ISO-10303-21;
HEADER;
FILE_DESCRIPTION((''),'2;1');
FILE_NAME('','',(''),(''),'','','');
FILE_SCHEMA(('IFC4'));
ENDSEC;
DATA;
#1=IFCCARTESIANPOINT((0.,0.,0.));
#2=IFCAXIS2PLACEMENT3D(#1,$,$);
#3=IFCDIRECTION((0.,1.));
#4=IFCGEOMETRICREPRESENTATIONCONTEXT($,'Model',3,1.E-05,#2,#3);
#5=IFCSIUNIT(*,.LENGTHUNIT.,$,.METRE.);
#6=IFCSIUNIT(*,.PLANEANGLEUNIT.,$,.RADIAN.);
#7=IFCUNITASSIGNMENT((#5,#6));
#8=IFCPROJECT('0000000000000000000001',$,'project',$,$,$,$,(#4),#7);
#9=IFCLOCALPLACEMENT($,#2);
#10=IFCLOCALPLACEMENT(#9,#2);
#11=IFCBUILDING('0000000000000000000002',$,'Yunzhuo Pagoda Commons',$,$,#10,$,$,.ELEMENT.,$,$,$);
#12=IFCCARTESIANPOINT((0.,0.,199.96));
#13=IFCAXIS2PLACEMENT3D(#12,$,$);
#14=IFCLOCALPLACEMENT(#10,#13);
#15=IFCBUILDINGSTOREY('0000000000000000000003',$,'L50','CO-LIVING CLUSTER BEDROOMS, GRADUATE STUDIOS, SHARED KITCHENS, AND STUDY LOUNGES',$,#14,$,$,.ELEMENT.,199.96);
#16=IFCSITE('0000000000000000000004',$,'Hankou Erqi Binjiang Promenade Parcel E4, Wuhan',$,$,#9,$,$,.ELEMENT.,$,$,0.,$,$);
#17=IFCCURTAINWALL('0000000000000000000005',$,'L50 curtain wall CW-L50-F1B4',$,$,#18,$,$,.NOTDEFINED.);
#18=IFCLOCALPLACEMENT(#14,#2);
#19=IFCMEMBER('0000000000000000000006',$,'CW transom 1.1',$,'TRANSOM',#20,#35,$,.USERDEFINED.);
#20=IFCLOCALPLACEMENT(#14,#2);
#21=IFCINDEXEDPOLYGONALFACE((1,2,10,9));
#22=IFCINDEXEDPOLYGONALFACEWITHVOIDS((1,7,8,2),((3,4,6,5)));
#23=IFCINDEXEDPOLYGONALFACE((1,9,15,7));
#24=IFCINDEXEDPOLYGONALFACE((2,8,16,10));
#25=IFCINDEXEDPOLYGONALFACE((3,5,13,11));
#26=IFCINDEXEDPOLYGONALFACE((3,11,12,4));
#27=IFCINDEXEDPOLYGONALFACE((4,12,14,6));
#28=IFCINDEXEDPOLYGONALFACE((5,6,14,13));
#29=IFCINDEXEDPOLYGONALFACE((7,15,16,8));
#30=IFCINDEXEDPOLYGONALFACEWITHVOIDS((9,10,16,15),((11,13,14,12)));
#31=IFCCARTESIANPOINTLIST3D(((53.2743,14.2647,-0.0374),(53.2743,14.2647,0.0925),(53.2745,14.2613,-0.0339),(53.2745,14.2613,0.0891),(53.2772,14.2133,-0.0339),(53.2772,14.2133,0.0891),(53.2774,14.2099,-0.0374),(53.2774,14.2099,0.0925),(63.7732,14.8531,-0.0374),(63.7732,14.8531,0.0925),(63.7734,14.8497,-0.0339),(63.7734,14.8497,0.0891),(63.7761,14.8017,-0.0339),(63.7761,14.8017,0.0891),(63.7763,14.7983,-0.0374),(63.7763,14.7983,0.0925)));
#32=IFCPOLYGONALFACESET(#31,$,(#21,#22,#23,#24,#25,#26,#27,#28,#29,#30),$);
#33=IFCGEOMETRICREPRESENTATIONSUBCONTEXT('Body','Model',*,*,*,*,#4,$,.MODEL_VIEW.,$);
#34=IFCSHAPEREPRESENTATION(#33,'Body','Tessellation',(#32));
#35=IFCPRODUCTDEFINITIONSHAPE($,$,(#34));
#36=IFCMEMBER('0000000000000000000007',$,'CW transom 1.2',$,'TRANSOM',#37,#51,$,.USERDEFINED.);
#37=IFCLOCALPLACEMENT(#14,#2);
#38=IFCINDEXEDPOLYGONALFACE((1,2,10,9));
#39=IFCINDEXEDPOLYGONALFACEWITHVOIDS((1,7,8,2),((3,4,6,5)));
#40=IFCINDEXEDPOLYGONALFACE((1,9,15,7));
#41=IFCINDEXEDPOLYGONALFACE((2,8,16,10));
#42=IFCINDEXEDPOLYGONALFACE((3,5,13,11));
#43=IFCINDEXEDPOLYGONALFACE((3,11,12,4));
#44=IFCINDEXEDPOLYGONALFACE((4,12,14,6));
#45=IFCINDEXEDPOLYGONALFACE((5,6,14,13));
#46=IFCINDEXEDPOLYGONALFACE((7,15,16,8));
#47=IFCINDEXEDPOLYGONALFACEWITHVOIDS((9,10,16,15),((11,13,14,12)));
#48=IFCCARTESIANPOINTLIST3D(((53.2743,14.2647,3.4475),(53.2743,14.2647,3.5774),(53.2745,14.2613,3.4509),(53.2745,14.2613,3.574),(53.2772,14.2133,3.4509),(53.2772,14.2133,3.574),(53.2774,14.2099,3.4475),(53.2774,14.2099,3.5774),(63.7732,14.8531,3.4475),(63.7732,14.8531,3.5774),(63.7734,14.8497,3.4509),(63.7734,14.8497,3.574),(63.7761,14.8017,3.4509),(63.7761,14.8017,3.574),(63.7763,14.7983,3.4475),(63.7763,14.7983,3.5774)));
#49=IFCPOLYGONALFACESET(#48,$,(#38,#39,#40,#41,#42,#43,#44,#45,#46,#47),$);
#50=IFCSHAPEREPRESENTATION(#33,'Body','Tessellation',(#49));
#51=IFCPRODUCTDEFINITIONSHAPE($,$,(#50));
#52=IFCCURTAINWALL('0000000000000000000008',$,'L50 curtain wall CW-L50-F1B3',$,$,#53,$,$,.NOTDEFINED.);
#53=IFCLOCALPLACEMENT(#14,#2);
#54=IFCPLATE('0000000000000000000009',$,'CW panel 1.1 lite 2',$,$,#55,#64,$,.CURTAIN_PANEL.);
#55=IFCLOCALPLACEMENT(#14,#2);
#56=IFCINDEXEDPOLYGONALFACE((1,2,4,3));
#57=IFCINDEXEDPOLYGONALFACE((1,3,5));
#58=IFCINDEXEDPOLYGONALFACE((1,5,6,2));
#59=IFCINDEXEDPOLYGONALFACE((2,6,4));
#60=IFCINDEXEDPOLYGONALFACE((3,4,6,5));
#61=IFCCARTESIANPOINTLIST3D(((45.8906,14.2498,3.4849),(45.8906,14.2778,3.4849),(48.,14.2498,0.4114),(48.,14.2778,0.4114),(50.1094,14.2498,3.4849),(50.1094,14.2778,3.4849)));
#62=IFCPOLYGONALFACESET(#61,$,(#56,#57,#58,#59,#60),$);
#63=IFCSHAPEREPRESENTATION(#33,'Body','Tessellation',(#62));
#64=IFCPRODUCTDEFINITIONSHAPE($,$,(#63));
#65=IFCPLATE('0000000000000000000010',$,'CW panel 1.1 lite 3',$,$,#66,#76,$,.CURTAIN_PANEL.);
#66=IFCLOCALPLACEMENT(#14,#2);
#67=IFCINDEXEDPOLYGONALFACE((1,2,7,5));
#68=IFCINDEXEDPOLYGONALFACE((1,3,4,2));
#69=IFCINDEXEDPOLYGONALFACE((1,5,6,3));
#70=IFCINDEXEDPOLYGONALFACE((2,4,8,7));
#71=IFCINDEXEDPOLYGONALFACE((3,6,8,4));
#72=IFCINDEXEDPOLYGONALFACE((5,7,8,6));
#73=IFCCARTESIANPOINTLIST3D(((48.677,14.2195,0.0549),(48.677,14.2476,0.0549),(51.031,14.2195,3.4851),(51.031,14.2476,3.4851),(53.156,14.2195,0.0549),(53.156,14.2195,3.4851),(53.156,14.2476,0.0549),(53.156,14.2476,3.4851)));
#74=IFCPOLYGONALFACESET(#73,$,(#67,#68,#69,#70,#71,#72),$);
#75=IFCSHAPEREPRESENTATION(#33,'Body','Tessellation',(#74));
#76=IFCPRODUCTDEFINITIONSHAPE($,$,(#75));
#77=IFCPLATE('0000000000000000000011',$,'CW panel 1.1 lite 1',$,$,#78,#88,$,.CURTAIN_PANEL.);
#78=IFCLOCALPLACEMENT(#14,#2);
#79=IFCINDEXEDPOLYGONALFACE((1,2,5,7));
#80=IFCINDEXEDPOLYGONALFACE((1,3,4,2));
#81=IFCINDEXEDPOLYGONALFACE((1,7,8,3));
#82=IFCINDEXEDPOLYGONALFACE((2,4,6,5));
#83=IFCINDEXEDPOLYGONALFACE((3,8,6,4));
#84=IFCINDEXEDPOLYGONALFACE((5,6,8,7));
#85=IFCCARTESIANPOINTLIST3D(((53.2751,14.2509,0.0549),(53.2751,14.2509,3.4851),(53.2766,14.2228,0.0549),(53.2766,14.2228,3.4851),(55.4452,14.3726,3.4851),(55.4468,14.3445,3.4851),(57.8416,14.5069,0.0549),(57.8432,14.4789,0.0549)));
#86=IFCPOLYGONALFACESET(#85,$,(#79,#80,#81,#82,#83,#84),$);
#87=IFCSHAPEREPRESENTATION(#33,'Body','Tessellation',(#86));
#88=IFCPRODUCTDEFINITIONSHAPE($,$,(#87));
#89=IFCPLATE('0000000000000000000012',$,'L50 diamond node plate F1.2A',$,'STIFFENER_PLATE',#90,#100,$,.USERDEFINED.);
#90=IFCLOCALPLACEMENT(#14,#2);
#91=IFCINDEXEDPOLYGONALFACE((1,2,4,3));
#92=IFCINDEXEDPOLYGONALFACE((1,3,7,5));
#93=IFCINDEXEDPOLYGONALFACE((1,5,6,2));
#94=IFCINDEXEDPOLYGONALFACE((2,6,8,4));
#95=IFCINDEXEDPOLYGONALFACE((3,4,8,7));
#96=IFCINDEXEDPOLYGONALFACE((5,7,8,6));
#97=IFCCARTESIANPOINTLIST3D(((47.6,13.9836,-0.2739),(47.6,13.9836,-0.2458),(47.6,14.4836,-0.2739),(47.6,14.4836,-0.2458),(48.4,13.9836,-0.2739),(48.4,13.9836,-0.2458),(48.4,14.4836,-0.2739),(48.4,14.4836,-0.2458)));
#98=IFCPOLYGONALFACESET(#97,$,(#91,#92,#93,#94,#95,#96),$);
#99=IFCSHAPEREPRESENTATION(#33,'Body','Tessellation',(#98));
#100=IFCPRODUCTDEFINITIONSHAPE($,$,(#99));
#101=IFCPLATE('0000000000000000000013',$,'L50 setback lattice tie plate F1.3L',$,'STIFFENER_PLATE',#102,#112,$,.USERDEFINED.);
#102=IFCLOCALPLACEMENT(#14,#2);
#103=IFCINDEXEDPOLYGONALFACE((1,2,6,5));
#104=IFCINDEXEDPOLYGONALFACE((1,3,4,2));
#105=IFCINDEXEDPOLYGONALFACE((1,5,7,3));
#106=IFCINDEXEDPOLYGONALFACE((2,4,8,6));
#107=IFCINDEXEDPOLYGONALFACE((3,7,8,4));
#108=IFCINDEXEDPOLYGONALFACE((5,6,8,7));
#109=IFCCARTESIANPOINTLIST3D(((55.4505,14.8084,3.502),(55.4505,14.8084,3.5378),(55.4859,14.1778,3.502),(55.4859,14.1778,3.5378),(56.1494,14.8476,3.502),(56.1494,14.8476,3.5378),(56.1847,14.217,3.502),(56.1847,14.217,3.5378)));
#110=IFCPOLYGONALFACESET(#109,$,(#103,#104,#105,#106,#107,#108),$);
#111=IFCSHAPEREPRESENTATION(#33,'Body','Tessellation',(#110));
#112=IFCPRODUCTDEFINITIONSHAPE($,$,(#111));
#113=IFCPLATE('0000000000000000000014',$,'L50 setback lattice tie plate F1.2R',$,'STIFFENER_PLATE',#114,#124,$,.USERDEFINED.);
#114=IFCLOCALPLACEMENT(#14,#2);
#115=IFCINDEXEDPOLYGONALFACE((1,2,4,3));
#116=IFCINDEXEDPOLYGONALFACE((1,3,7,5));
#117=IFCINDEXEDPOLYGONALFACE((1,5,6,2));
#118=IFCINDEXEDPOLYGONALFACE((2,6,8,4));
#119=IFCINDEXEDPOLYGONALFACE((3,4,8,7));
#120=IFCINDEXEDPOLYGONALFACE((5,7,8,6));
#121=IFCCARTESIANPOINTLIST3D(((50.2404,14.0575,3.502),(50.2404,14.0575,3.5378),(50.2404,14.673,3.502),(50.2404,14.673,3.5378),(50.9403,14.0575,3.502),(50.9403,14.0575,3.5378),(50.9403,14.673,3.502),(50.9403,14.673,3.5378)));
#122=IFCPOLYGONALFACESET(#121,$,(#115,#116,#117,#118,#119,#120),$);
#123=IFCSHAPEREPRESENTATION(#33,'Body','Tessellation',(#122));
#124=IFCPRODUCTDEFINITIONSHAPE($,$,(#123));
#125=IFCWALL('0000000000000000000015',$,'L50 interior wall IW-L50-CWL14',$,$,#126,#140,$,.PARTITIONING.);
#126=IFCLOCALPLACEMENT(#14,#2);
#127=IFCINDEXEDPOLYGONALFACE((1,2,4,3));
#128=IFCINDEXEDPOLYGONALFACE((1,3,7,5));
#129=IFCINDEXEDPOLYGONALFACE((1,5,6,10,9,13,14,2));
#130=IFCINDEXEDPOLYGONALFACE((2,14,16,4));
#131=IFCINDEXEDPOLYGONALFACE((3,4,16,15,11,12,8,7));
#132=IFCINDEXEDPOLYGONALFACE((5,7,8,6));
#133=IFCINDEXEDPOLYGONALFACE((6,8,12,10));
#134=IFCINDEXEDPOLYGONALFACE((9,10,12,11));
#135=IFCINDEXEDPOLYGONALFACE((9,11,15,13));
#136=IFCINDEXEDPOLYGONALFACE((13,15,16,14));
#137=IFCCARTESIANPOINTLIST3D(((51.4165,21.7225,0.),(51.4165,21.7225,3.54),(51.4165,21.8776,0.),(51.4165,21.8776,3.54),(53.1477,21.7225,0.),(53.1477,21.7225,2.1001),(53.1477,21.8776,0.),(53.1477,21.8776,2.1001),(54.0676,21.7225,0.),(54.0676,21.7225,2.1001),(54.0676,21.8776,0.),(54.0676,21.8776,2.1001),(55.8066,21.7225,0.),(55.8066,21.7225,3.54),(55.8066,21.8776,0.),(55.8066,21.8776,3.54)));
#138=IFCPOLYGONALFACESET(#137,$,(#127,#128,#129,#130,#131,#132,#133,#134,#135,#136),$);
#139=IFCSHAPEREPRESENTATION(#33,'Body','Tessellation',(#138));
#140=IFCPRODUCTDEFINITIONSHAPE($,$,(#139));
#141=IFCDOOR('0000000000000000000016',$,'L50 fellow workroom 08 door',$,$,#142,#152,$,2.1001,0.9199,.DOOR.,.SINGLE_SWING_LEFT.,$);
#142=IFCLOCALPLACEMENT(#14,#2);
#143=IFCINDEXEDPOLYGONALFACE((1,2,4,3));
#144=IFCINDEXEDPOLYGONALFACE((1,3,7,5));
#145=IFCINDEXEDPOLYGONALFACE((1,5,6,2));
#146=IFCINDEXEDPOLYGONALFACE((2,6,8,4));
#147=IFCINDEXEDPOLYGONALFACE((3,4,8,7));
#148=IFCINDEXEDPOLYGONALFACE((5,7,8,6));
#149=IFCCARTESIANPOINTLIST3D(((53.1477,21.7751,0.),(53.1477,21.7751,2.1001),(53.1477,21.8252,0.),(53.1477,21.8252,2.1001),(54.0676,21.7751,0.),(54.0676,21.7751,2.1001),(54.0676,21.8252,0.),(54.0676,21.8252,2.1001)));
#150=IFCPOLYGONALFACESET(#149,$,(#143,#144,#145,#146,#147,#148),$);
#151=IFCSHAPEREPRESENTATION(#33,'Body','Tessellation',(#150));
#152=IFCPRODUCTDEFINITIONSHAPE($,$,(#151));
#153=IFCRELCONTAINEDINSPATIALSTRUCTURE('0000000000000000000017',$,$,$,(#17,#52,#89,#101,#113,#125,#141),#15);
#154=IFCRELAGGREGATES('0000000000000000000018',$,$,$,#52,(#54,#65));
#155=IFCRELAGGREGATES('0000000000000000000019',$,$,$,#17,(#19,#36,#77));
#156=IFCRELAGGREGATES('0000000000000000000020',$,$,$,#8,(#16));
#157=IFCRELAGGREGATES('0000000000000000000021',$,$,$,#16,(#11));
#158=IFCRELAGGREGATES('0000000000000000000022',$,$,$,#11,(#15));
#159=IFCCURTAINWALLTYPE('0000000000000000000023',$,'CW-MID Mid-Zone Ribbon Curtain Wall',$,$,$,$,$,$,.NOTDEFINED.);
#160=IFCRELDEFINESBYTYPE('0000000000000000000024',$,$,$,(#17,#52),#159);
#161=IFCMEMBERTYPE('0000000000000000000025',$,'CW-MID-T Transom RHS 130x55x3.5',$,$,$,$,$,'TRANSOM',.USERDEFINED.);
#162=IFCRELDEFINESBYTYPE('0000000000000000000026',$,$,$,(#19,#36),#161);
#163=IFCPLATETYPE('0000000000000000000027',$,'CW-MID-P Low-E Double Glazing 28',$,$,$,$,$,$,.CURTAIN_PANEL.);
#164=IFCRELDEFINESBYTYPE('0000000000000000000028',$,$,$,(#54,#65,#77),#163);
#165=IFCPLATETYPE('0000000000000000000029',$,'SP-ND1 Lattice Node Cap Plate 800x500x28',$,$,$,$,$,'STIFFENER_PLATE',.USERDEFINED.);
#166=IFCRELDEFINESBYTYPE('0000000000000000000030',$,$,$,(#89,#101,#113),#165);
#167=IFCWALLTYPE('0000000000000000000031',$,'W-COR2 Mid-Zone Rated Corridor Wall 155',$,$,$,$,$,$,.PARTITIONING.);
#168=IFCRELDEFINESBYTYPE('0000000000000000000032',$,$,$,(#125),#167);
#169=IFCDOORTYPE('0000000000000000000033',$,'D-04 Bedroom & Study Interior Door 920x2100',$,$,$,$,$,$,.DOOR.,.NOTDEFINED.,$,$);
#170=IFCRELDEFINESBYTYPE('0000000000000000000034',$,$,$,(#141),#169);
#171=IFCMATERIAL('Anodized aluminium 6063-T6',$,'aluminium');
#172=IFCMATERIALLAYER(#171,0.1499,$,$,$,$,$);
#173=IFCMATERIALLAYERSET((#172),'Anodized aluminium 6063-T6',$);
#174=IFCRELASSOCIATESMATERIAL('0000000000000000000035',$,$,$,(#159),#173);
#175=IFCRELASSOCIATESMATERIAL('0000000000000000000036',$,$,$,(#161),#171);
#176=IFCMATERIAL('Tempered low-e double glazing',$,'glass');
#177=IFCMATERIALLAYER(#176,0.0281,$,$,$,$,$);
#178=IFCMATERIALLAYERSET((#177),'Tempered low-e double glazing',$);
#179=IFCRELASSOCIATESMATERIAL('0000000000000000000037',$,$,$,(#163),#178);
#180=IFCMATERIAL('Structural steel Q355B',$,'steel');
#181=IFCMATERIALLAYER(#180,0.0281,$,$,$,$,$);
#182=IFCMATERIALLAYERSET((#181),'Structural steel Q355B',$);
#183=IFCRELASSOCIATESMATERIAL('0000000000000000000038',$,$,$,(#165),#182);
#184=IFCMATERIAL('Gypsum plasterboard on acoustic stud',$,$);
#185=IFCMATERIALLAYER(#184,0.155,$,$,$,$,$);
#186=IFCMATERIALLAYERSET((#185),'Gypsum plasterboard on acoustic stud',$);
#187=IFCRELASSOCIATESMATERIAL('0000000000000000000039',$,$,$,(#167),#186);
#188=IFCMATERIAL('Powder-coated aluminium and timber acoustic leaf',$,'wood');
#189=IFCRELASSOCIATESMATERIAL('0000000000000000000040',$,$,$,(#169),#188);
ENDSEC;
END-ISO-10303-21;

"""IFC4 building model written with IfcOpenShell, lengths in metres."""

from ifc_helpers import new_model, si_unit, direction, frame, frame_2d, origin, origin_with_axes, origin_2d, place, context, subcontext, project, spatial, polyline, rectangle, hollow_rectangle, outline, extrude, source, transform, mapped, material, layer, layer_set, material_profile, profile_set, type_object, element, fill, aggregate, save


model = new_model("IFC4")

# Units and contexts
model_context = context("Model", 3, precision=1e-05, world=origin(), true_north=direction((0.0, 1.0)))
body_context = subcontext(model_context, "Body", "Model", "MODEL_VIEW")
ifc_project = project(units=[si_unit("LENGTHUNIT", "METRE"), si_unit("PLANEANGLEUNIT", "RADIAN")], contexts=[model_context])

# Site, building, storey
site_placement = place(None, origin())
site = spatial("IfcSite", under=ifc_project, at=site_placement, Name="Hankou Erqi Binjiang Promenade Parcel E4, Wuhan", CompositionType="ELEMENT", RefElevation=0.0)
building_placement = place(site_placement, origin())
building = spatial("IfcBuilding", under=site, at=building_placement, Name="Yunzhuo Pagoda Commons", CompositionType="ELEMENT")
storey_placement = place(building_placement, frame((0.0, 0.0, 199.96)))
storey = spatial("IfcBuildingStorey", under=building, at=storey_placement, Name="L50", Description="CO-LIVING CLUSTER BEDROOMS, GRADUATE STUDIOS, SHARED KITCHENS, AND STUDY LOUNGES", CompositionType="ELEMENT", Elevation=199.96)

# Shared definitions
ifc_material_1 = material(Name="Structural steel Q355B", Category="steel")

# Curtain wall, members
ifc_material_2 = material(Name="Anodized aluminium 6063-T6", Category="aluminium")
ifc_layer_1 = layer(ifc_material_2, 0.1499)
ifc_layer_set_1 = layer_set([ifc_layer_1], Name="Anodized aluminium 6063-T6")
curtain_wall_type = type_object("IfcCurtainWallType", Name="CW-MID Mid-Zone Ribbon Curtain Wall", PredefinedType="NOTDEFINED", material=ifc_layer_set_1)
curtain_wall_1_placement = place(storey_placement, origin())
curtain_wall_1 = element("IfcCurtainWall", 1, at=curtain_wall_1_placement, inside=storey, type_object=curtain_wall_type, Name="L50 curtain wall CW-L50-F1B4", PredefinedType="NOTDEFINED")
ifc_material_profile_1 = material_profile(ifc_material_2, hollow_rectangle(XDim=0.0549, YDim=0.1299, WallThickness=0.0034, at=origin_2d()), Name="Anodized aluminium 6063-T6")
ifc_profile_set_1 = profile_set([ifc_material_profile_1], Name="Anodized aluminium 6063-T6")
member_type_1 = type_object("IfcMemberType", Name="CW-MID-T Transom RHS 130x55x3.5", ElementType="TRANSOM", PredefinedType="USERDEFINED", material=ifc_profile_set_1)
shared_shape_1 = source(origin(), body_context, "Body", "SweptSolid", [
    extrude(hollow_rectangle(XDim=0.0549, YDim=0.1299, WallThickness=0.0034, at=origin_2d()), origin(), (0.0, 0.0, 1.0), 10.5154),
])
member_1_placement = place(storey_placement, frame((53.2759, 14.2373, 0.0276), z_axis=(0.998433, 0.055954, 0.0), x_axis=(-0.055954, 0.998433, 0.0)))
member_1 = element("IfcMember", 2, at=member_1_placement, type_object=member_type_1, Name="CW transom 1.1", ObjectType="TRANSOM", PredefinedType="USERDEFINED", context=body_context, shape_type="MappedRepresentation", body=[
    mapped(shared_shape_1, transform((0.0, 0.0, 0.0), scale=1.0)),
])
member_2_placement = place(storey_placement, frame((53.2759, 14.2373, 3.5125), z_axis=(0.998433, 0.055954, 0.0), x_axis=(-0.055954, 0.998433, 0.0)))
member_2 = element("IfcMember", 3, at=member_2_placement, type_object=member_type_1, Name="CW transom 1.2", ObjectType="TRANSOM", PredefinedType="USERDEFINED", context=body_context, shape_type="MappedRepresentation", body=[
    mapped(shared_shape_1, transform((0.0, 0.0, 0.0), scale=1.0)),
])

# Curtain wall, plates
curtain_wall_2_placement = place(storey_placement, origin())
curtain_wall_2 = element("IfcCurtainWall", 4, at=curtain_wall_2_placement, inside=storey, type_object=curtain_wall_type, Name="L50 curtain wall CW-L50-F1B3", PredefinedType="NOTDEFINED")
ifc_material_3 = material(Name="Tempered low-e double glazing", Category="glass")
ifc_layer_2 = layer(ifc_material_3, 0.0281)
ifc_layer_set_2 = layer_set([ifc_layer_2], Name="Tempered low-e double glazing")
plate_type_1 = type_object("IfcPlateType", Name="CW-MID-P Low-E Double Glazing 28", PredefinedType="CURTAIN_PANEL", material=ifc_layer_set_2)
plate_1_placement = place(storey_placement, frame((48.0, 14.2778, 1.9482), z_axis=(0.0, -1.0, 0.0), x_axis=(1.0, 0.0, 0.0)))
plate_1 = element("IfcPlate", 5, at=plate_1_placement, type_object=plate_type_1, Name="CW panel 1.1 lite 2", PredefinedType="CURTAIN_PANEL", context=body_context, shape_type="SweptSolid", body=[
    extrude(outline(polyline([(-2.1094, 1.5366), (0.0, -1.5369), (2.1094, 1.5366), (-2.1094, 1.5366)])), origin(), (0.0, 0.0, 1.0), 0.0281),
])
plate_2_placement = place(storey_placement, frame((50.9165, 14.2476, 1.77), z_axis=(0.0, -1.0, 0.0), x_axis=(1.0, 0.0, 0.0)))
plate_2 = element("IfcPlate", 6, at=plate_2_placement, type_object=plate_type_1, Name="CW panel 1.1 lite 3", PredefinedType="CURTAIN_PANEL", context=body_context, shape_type="SweptSolid", body=[
    extrude(outline(polyline([(-2.2395, -1.7151), (2.2395, -1.7151), (2.2395, 1.7151), (0.1145, 1.7151), (-2.2395, -1.7151)])), origin(), (0.0, 0.0, 1.0), 0.0281),
])
aggregate(curtain_wall_2, [plate_1, plate_2])

# Plate
plate_3_placement = place(storey_placement, frame((55.5583, 14.3789, 1.77), z_axis=(0.055983, -0.998432, 0.0), x_axis=(0.998432, 0.055983, 0.0)))
plate_3 = element("IfcPlate", 7, at=plate_3_placement, type_object=plate_type_1, Name="CW panel 1.1 lite 1", PredefinedType="CURTAIN_PANEL", context=body_context, shape_type="SweptSolid", body=[
    extrude(outline(polyline([(-2.2869, -1.7151), (2.2869, -1.7151), (-0.1133, 1.7151), (-2.2869, 1.7151), (-2.2869, -1.7151)])), origin(), (0.0, 0.0, 1.0), 0.0281),
])
aggregate(curtain_wall_1, [member_1, member_2, plate_3])

# Plates
ifc_layer_3 = layer(ifc_material_1, 0.0281)
ifc_layer_set_3 = layer_set([ifc_layer_3], Name="Structural steel Q355B")
plate_type_2 = type_object("IfcPlateType", Name="SP-ND1 Lattice Node Cap Plate 800x500x28", ElementType="STIFFENER_PLATE", PredefinedType="USERDEFINED", material=ifc_layer_set_3)
shared_shape_2 = source(origin(), body_context, "Body", "SweptSolid", [
    extrude(rectangle(XDim=0.8, YDim=0.5, at=origin_2d()), origin(), (0.0, 0.0, 1.0), 0.0281),
])
plate_4_placement = place(storey_placement, frame((48.0, 14.2336, -0.2739), z_axis=(0.0, 0.0, 1.0), x_axis=(1.0, 0.0, 0.0)))
element("IfcPlate", 8, at=plate_4_placement, inside=storey, type_object=plate_type_2, Name="L50 diamond node plate F1.2A", ObjectType="STIFFENER_PLATE", PredefinedType="USERDEFINED", context=body_context, shape_type="MappedRepresentation", body=[
    mapped(shared_shape_2, transform((0.0, 0.0, 0.0), scale=1.0)),
])
shared_shape_3 = source(origin(), body_context, "Body", "SweptSolid", [
    extrude(rectangle(XDim=0.7, YDim=0.6316, at=origin_2d()), origin(), (0.0, 0.0, 1.0), 0.0359),
])
plate_5_placement = place(storey_placement, frame((55.8176, 14.5127, 3.502), z_axis=(0.0, 0.0, 1.0), x_axis=(0.998432, 0.055978, 0.0)))
element("IfcPlate", 9, at=plate_5_placement, inside=storey, type_object=plate_type_2, Name="L50 setback lattice tie plate F1.3L", ObjectType="STIFFENER_PLATE", PredefinedType="USERDEFINED", context=body_context, shape_type="MappedRepresentation", body=[
    mapped(shared_shape_3, transform((0.0, 0.0, 0.0), scale=1.0)),
])
shared_shape_4 = source(origin(), body_context, "Body", "SweptSolid", [
    extrude(rectangle(XDim=0.7, YDim=0.6155, at=origin_2d()), origin(), (0.0, 0.0, 1.0), 0.0359),
])
plate_6_placement = place(storey_placement, frame((50.5903, 14.3652, 3.502), z_axis=(0.0, 0.0, 1.0), x_axis=(1.0, 0.0, 0.0)))
element("IfcPlate", 10, at=plate_6_placement, inside=storey, type_object=plate_type_2, Name="L50 setback lattice tie plate F1.2R", ObjectType="STIFFENER_PLATE", PredefinedType="USERDEFINED", context=body_context, shape_type="MappedRepresentation", body=[
    mapped(shared_shape_4, transform((0.0, 0.0, 0.0), scale=1.0)),
])

# Wall, opening, door
ifc_material_4 = material(Name="Gypsum plasterboard on acoustic stud")
ifc_layer_4 = layer(ifc_material_4, 0.155)
ifc_layer_set_4 = layer_set([ifc_layer_4], Name="Gypsum plasterboard on acoustic stud")
wall_type_1 = type_object("IfcWallType", Name="W-COR2 Mid-Zone Rated Corridor Wall 155", PredefinedType="PARTITIONING", material=ifc_layer_set_4)
wall_1_placement = place(storey_placement, frame((55.8066, 21.8, 0.0), z_axis=(0.0, 0.0, 1.0), x_axis=(-1.0, 0.0, 0.0)))
wall_1 = element("IfcWall", 11, at=wall_1_placement, inside=storey, type_object=wall_type_1, Name="L50 interior wall IW-L50-CWL14", PredefinedType="PARTITIONING", context=body_context, shape_type="SweptSolid", body=[
    extrude(rectangle(XDim=4.3901, YDim=0.155, at=frame_2d((2.1951, 0.0))), origin(), (0.0, 0.0, 1.0), 3.54),
])
opening_1_placement = place(wall_1_placement, frame((1.739, 0.0, 0.0)))
opening_1 = element("IfcOpeningElement", 12, at=opening_1_placement, cuts=wall_1, PredefinedType="OPENING", context=body_context, shape_type="SweptSolid", body=[
    extrude(rectangle(XDim=0.9199, YDim=2.1001, at=frame_2d((0.46, 1.05))), frame((0.0, 0.0874, 0.0), z_axis=(0.0, -1.0, 0.0), x_axis=(1.0, 0.0, 0.0)), (0.0, 0.0, 1.0), 0.175),
])
ifc_material_5 = material(Name="Powder-coated aluminium and timber acoustic leaf", Category="wood")
door_type_1 = type_object("IfcDoorType", Name="D-04 Bedroom & Study Interior Door 920x2100", OperationType="NOTDEFINED", PredefinedType="DOOR", material=ifc_material_5)
shared_shape_5 = source(origin(), body_context, "Body", "SweptSolid", [
    extrude(rectangle(XDim=0.9199, YDim=2.1001, at=frame_2d((0.46, 1.05))), frame((0.0, 0.0249, 0.0), z_axis=(0.0, -1.0, 0.0), x_axis=(1.0, 0.0, 0.0)), (0.0, 0.0, 1.0), 0.05),
])
door_1_placement = place(opening_1_placement, origin_with_axes())
door_1 = element("IfcDoor", 13, at=door_1_placement, inside=storey, type_object=door_type_1, Name="L50 fellow workroom 08 door", OperationType="SINGLE_SWING_LEFT", OverallHeight=2.1001, OverallWidth=0.9199, PredefinedType="DOOR", context=body_context, shape_type="MappedRepresentation", body=[
    mapped(shared_shape_5, transform((0.0, 0.0, 0.0), scale=1.0)),
])
fill(opening_1, door_1)

save(model, "model.ifc")
